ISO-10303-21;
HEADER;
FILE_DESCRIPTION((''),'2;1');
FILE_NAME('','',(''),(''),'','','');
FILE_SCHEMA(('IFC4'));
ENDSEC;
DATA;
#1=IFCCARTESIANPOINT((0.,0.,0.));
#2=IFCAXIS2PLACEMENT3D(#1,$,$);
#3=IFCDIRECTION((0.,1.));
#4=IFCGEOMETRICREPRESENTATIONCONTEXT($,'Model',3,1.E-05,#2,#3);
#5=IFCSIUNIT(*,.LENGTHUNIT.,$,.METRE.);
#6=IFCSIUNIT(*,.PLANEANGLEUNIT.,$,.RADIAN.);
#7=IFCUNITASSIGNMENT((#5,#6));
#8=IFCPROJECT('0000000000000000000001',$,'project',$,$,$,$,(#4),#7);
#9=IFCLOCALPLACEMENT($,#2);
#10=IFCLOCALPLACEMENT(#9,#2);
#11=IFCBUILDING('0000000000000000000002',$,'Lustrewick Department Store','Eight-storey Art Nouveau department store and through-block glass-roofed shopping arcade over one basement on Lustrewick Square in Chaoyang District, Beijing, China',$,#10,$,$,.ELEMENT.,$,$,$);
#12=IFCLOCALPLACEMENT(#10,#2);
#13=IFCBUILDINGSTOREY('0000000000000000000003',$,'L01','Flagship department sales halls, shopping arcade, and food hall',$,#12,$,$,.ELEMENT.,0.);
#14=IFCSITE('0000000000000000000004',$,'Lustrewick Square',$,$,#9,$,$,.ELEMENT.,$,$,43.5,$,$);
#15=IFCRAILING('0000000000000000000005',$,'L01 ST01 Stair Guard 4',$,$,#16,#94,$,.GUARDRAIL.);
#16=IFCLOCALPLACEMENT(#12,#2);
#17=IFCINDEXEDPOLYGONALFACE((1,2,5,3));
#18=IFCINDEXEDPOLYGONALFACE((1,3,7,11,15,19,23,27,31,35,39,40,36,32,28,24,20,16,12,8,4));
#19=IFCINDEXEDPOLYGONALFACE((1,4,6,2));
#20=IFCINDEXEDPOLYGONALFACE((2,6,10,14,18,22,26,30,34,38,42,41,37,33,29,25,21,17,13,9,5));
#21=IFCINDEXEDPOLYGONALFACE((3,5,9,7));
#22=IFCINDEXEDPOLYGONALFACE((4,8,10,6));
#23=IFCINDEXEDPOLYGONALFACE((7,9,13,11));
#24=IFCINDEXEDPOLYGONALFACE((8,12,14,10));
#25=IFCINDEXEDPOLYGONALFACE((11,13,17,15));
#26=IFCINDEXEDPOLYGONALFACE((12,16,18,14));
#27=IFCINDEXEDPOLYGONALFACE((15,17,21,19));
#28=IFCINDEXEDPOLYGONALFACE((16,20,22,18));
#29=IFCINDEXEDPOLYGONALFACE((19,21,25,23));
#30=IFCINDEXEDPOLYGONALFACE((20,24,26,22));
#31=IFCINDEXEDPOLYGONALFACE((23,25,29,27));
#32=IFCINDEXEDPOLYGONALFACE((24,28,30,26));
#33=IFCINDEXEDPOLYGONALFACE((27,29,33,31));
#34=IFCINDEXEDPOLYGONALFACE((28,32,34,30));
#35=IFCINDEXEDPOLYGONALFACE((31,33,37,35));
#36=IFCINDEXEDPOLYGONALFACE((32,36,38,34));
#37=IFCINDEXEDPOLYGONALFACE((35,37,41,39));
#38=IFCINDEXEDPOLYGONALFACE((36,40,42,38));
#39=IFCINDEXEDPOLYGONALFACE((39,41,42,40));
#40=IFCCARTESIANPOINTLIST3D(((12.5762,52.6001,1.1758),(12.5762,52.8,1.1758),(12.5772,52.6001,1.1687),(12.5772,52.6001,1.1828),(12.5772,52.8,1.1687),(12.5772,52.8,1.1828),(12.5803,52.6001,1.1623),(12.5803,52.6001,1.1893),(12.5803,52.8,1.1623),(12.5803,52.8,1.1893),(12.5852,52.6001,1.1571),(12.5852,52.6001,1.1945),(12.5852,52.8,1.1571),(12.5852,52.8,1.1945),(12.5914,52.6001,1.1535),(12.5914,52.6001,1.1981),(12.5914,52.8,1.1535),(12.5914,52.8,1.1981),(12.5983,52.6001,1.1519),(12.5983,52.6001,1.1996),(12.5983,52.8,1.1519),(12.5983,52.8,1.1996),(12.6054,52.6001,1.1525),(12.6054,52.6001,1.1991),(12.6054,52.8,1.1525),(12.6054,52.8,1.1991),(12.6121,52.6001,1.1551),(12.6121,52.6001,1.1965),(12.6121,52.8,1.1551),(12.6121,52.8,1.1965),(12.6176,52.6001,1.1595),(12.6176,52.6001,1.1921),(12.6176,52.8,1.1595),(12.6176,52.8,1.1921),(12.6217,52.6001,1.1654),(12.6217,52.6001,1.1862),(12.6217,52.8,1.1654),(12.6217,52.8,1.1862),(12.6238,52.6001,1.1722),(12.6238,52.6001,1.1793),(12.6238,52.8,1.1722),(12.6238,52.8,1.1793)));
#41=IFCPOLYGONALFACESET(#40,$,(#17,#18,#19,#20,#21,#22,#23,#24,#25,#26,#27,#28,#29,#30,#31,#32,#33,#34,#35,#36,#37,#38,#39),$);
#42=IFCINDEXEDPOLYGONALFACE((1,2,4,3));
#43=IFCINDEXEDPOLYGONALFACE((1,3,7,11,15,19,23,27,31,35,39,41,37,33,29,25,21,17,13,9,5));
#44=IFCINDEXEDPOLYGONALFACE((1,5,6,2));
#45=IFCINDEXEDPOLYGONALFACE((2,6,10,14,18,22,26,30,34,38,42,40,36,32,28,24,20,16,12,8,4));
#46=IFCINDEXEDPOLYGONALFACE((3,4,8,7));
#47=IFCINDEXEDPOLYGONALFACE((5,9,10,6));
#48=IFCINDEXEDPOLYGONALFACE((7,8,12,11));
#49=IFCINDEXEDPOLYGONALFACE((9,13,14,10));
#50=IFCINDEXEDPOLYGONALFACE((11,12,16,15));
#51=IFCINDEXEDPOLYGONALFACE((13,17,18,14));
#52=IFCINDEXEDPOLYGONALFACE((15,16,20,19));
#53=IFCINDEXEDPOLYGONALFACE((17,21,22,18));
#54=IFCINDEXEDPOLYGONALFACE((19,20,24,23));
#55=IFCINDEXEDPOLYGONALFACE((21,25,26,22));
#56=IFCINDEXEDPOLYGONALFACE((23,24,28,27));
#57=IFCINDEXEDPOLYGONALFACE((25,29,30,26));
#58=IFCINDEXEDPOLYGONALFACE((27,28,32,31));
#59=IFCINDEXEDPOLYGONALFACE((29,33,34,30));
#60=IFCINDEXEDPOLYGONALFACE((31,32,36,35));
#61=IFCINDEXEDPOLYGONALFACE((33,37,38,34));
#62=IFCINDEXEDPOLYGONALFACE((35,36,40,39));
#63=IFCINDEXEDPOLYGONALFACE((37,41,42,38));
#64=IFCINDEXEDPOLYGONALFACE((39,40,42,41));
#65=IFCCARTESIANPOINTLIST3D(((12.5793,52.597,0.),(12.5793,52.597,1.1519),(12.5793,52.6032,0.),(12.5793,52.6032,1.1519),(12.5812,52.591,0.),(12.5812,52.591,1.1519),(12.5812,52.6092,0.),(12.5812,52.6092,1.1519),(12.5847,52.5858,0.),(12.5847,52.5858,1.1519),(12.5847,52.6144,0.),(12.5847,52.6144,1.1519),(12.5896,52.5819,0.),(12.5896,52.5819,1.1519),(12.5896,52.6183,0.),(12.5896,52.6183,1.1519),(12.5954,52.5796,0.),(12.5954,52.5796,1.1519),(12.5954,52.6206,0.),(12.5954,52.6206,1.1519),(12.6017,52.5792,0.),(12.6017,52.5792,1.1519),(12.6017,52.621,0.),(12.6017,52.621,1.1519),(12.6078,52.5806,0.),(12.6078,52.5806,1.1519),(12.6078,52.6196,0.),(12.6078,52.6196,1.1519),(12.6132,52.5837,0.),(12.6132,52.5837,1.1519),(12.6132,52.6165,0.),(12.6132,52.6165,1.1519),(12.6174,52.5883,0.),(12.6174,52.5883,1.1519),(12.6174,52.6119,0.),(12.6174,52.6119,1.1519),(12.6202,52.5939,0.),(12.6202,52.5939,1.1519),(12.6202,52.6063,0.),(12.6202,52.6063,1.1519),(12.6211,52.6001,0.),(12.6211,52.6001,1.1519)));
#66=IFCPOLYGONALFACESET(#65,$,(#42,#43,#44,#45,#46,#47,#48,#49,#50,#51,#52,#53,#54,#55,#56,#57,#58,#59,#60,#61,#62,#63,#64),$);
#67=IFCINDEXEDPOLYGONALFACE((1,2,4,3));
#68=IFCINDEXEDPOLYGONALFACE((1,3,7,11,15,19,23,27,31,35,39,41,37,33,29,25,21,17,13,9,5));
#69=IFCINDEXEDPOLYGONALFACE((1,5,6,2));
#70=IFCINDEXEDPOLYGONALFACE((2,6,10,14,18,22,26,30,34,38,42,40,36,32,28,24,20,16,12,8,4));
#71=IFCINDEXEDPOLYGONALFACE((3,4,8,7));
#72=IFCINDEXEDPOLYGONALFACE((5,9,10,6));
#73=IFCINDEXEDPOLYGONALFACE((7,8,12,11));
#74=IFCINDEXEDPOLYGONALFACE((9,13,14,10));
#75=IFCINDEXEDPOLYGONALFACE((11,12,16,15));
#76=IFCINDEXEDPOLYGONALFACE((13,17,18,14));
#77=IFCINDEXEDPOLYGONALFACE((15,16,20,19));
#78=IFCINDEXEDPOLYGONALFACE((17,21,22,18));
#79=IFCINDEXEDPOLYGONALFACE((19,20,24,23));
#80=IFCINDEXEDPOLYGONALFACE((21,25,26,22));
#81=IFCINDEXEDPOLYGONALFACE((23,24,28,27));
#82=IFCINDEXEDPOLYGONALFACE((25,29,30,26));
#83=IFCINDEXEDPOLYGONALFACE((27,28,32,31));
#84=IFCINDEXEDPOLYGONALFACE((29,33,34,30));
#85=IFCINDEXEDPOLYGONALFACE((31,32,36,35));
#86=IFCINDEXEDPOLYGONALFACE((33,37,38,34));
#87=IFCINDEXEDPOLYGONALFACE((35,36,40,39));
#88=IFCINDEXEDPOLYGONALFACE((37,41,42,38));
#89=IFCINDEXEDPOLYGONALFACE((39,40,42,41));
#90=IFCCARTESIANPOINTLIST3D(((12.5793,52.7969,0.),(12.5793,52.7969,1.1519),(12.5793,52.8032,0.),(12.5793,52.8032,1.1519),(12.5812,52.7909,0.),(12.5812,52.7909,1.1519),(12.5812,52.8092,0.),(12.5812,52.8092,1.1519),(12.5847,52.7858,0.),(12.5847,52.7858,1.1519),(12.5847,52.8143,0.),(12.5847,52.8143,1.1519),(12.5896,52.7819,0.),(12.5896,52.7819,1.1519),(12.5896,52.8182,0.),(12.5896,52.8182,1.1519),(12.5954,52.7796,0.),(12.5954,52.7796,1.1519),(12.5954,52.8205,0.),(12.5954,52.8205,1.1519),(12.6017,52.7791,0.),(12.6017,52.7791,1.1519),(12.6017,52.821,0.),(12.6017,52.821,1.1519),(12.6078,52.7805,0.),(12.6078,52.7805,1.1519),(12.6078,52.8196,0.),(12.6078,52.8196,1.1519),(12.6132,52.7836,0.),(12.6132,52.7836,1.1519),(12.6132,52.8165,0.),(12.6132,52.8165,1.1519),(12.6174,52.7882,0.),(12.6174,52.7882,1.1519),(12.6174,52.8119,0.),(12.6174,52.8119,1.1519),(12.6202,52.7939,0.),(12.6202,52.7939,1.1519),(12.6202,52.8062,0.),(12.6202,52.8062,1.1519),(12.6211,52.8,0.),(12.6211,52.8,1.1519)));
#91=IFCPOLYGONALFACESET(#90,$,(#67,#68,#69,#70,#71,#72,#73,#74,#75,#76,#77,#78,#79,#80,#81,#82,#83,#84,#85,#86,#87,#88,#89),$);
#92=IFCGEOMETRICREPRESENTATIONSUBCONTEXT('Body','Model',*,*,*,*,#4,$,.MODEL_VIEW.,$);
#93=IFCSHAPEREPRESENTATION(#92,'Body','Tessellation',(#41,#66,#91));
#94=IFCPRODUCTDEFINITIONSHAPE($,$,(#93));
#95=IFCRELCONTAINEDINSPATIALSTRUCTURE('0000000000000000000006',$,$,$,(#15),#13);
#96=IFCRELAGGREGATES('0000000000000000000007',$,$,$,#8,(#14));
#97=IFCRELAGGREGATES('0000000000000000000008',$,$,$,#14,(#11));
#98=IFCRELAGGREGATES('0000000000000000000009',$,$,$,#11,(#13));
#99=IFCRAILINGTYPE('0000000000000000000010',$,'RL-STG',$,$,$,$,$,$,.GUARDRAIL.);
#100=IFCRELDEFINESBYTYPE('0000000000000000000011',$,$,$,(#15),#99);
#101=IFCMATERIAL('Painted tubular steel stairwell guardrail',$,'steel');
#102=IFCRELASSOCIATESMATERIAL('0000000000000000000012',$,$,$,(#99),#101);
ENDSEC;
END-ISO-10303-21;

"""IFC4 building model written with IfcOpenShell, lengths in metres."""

from ifc_helpers import new_model, si_unit, direction, frame, origin, origin_2d, place, context, subcontext, project, spatial, circle, extrude, material, type_object, element, save


model = new_model("IFC4")

# Units and contexts
model_context = context("Model", 3, precision=1e-05, world=origin(), true_north=direction((0.0, 1.0)))
body_context = subcontext(model_context, "Body", "Model", "MODEL_VIEW")
ifc_project = project(units=[si_unit("LENGTHUNIT", "METRE"), si_unit("PLANEANGLEUNIT", "RADIAN")], contexts=[model_context])

# Site, building, storey
site_placement = place(None, origin())
site = spatial("IfcSite", under=ifc_project, at=site_placement, Name="Lustrewick Square", CompositionType="ELEMENT", RefElevation=43.5)
building_placement = place(site_placement, origin())
building = spatial("IfcBuilding", under=site, at=building_placement, Name="Lustrewick Department Store", Description="Eight-storey Art Nouveau department store and through-block glass-roofed shopping arcade over one basement on Lustrewick Square in Chaoyang District, Beijing, China", CompositionType="ELEMENT")
storey_placement = place(building_placement, origin())
storey = spatial("IfcBuildingStorey", under=building, at=storey_placement, Name="L01", Description="Flagship department sales halls, shopping arcade, and food hall", CompositionType="ELEMENT", Elevation=0.0)

# Railing
ifc_material_1 = material(Name="Painted tubular steel stairwell guardrail", Category="steel")
railing_type_1 = type_object("IfcRailingType", Name="RL-STG", PredefinedType="GUARDRAIL", material=ifc_material_1)
railing_1_placement = place(storey_placement, frame((12.6001, 52.6001, 0.0)))
element("IfcRailing", 1, at=railing_1_placement, inside=storey, type_object=railing_type_1, Name="L01 ST01 Stair Guard 4", PredefinedType="GUARDRAIL", context=body_context, shape_type="SweptSolid", body=[
    extrude(circle(Radius=0.0239, at=origin_2d()), frame((0.0, 0.0, 1.1758), z_axis=(0.0, 1.0, 0.0), x_axis=(-1.0, 0.0, 0.0)), (0.0, 0.0, 1.0), 0.2),
    extrude(circle(Radius=0.021, at=origin_2d()), origin(), (0.0, 0.0, 1.0), 1.1519),
    extrude(circle(Radius=0.021, at=origin_2d()), frame((0.0, 0.2, 0.0)), (0.0, 0.0, 1.0), 1.1519),
])

save(model, "model.ifc")
